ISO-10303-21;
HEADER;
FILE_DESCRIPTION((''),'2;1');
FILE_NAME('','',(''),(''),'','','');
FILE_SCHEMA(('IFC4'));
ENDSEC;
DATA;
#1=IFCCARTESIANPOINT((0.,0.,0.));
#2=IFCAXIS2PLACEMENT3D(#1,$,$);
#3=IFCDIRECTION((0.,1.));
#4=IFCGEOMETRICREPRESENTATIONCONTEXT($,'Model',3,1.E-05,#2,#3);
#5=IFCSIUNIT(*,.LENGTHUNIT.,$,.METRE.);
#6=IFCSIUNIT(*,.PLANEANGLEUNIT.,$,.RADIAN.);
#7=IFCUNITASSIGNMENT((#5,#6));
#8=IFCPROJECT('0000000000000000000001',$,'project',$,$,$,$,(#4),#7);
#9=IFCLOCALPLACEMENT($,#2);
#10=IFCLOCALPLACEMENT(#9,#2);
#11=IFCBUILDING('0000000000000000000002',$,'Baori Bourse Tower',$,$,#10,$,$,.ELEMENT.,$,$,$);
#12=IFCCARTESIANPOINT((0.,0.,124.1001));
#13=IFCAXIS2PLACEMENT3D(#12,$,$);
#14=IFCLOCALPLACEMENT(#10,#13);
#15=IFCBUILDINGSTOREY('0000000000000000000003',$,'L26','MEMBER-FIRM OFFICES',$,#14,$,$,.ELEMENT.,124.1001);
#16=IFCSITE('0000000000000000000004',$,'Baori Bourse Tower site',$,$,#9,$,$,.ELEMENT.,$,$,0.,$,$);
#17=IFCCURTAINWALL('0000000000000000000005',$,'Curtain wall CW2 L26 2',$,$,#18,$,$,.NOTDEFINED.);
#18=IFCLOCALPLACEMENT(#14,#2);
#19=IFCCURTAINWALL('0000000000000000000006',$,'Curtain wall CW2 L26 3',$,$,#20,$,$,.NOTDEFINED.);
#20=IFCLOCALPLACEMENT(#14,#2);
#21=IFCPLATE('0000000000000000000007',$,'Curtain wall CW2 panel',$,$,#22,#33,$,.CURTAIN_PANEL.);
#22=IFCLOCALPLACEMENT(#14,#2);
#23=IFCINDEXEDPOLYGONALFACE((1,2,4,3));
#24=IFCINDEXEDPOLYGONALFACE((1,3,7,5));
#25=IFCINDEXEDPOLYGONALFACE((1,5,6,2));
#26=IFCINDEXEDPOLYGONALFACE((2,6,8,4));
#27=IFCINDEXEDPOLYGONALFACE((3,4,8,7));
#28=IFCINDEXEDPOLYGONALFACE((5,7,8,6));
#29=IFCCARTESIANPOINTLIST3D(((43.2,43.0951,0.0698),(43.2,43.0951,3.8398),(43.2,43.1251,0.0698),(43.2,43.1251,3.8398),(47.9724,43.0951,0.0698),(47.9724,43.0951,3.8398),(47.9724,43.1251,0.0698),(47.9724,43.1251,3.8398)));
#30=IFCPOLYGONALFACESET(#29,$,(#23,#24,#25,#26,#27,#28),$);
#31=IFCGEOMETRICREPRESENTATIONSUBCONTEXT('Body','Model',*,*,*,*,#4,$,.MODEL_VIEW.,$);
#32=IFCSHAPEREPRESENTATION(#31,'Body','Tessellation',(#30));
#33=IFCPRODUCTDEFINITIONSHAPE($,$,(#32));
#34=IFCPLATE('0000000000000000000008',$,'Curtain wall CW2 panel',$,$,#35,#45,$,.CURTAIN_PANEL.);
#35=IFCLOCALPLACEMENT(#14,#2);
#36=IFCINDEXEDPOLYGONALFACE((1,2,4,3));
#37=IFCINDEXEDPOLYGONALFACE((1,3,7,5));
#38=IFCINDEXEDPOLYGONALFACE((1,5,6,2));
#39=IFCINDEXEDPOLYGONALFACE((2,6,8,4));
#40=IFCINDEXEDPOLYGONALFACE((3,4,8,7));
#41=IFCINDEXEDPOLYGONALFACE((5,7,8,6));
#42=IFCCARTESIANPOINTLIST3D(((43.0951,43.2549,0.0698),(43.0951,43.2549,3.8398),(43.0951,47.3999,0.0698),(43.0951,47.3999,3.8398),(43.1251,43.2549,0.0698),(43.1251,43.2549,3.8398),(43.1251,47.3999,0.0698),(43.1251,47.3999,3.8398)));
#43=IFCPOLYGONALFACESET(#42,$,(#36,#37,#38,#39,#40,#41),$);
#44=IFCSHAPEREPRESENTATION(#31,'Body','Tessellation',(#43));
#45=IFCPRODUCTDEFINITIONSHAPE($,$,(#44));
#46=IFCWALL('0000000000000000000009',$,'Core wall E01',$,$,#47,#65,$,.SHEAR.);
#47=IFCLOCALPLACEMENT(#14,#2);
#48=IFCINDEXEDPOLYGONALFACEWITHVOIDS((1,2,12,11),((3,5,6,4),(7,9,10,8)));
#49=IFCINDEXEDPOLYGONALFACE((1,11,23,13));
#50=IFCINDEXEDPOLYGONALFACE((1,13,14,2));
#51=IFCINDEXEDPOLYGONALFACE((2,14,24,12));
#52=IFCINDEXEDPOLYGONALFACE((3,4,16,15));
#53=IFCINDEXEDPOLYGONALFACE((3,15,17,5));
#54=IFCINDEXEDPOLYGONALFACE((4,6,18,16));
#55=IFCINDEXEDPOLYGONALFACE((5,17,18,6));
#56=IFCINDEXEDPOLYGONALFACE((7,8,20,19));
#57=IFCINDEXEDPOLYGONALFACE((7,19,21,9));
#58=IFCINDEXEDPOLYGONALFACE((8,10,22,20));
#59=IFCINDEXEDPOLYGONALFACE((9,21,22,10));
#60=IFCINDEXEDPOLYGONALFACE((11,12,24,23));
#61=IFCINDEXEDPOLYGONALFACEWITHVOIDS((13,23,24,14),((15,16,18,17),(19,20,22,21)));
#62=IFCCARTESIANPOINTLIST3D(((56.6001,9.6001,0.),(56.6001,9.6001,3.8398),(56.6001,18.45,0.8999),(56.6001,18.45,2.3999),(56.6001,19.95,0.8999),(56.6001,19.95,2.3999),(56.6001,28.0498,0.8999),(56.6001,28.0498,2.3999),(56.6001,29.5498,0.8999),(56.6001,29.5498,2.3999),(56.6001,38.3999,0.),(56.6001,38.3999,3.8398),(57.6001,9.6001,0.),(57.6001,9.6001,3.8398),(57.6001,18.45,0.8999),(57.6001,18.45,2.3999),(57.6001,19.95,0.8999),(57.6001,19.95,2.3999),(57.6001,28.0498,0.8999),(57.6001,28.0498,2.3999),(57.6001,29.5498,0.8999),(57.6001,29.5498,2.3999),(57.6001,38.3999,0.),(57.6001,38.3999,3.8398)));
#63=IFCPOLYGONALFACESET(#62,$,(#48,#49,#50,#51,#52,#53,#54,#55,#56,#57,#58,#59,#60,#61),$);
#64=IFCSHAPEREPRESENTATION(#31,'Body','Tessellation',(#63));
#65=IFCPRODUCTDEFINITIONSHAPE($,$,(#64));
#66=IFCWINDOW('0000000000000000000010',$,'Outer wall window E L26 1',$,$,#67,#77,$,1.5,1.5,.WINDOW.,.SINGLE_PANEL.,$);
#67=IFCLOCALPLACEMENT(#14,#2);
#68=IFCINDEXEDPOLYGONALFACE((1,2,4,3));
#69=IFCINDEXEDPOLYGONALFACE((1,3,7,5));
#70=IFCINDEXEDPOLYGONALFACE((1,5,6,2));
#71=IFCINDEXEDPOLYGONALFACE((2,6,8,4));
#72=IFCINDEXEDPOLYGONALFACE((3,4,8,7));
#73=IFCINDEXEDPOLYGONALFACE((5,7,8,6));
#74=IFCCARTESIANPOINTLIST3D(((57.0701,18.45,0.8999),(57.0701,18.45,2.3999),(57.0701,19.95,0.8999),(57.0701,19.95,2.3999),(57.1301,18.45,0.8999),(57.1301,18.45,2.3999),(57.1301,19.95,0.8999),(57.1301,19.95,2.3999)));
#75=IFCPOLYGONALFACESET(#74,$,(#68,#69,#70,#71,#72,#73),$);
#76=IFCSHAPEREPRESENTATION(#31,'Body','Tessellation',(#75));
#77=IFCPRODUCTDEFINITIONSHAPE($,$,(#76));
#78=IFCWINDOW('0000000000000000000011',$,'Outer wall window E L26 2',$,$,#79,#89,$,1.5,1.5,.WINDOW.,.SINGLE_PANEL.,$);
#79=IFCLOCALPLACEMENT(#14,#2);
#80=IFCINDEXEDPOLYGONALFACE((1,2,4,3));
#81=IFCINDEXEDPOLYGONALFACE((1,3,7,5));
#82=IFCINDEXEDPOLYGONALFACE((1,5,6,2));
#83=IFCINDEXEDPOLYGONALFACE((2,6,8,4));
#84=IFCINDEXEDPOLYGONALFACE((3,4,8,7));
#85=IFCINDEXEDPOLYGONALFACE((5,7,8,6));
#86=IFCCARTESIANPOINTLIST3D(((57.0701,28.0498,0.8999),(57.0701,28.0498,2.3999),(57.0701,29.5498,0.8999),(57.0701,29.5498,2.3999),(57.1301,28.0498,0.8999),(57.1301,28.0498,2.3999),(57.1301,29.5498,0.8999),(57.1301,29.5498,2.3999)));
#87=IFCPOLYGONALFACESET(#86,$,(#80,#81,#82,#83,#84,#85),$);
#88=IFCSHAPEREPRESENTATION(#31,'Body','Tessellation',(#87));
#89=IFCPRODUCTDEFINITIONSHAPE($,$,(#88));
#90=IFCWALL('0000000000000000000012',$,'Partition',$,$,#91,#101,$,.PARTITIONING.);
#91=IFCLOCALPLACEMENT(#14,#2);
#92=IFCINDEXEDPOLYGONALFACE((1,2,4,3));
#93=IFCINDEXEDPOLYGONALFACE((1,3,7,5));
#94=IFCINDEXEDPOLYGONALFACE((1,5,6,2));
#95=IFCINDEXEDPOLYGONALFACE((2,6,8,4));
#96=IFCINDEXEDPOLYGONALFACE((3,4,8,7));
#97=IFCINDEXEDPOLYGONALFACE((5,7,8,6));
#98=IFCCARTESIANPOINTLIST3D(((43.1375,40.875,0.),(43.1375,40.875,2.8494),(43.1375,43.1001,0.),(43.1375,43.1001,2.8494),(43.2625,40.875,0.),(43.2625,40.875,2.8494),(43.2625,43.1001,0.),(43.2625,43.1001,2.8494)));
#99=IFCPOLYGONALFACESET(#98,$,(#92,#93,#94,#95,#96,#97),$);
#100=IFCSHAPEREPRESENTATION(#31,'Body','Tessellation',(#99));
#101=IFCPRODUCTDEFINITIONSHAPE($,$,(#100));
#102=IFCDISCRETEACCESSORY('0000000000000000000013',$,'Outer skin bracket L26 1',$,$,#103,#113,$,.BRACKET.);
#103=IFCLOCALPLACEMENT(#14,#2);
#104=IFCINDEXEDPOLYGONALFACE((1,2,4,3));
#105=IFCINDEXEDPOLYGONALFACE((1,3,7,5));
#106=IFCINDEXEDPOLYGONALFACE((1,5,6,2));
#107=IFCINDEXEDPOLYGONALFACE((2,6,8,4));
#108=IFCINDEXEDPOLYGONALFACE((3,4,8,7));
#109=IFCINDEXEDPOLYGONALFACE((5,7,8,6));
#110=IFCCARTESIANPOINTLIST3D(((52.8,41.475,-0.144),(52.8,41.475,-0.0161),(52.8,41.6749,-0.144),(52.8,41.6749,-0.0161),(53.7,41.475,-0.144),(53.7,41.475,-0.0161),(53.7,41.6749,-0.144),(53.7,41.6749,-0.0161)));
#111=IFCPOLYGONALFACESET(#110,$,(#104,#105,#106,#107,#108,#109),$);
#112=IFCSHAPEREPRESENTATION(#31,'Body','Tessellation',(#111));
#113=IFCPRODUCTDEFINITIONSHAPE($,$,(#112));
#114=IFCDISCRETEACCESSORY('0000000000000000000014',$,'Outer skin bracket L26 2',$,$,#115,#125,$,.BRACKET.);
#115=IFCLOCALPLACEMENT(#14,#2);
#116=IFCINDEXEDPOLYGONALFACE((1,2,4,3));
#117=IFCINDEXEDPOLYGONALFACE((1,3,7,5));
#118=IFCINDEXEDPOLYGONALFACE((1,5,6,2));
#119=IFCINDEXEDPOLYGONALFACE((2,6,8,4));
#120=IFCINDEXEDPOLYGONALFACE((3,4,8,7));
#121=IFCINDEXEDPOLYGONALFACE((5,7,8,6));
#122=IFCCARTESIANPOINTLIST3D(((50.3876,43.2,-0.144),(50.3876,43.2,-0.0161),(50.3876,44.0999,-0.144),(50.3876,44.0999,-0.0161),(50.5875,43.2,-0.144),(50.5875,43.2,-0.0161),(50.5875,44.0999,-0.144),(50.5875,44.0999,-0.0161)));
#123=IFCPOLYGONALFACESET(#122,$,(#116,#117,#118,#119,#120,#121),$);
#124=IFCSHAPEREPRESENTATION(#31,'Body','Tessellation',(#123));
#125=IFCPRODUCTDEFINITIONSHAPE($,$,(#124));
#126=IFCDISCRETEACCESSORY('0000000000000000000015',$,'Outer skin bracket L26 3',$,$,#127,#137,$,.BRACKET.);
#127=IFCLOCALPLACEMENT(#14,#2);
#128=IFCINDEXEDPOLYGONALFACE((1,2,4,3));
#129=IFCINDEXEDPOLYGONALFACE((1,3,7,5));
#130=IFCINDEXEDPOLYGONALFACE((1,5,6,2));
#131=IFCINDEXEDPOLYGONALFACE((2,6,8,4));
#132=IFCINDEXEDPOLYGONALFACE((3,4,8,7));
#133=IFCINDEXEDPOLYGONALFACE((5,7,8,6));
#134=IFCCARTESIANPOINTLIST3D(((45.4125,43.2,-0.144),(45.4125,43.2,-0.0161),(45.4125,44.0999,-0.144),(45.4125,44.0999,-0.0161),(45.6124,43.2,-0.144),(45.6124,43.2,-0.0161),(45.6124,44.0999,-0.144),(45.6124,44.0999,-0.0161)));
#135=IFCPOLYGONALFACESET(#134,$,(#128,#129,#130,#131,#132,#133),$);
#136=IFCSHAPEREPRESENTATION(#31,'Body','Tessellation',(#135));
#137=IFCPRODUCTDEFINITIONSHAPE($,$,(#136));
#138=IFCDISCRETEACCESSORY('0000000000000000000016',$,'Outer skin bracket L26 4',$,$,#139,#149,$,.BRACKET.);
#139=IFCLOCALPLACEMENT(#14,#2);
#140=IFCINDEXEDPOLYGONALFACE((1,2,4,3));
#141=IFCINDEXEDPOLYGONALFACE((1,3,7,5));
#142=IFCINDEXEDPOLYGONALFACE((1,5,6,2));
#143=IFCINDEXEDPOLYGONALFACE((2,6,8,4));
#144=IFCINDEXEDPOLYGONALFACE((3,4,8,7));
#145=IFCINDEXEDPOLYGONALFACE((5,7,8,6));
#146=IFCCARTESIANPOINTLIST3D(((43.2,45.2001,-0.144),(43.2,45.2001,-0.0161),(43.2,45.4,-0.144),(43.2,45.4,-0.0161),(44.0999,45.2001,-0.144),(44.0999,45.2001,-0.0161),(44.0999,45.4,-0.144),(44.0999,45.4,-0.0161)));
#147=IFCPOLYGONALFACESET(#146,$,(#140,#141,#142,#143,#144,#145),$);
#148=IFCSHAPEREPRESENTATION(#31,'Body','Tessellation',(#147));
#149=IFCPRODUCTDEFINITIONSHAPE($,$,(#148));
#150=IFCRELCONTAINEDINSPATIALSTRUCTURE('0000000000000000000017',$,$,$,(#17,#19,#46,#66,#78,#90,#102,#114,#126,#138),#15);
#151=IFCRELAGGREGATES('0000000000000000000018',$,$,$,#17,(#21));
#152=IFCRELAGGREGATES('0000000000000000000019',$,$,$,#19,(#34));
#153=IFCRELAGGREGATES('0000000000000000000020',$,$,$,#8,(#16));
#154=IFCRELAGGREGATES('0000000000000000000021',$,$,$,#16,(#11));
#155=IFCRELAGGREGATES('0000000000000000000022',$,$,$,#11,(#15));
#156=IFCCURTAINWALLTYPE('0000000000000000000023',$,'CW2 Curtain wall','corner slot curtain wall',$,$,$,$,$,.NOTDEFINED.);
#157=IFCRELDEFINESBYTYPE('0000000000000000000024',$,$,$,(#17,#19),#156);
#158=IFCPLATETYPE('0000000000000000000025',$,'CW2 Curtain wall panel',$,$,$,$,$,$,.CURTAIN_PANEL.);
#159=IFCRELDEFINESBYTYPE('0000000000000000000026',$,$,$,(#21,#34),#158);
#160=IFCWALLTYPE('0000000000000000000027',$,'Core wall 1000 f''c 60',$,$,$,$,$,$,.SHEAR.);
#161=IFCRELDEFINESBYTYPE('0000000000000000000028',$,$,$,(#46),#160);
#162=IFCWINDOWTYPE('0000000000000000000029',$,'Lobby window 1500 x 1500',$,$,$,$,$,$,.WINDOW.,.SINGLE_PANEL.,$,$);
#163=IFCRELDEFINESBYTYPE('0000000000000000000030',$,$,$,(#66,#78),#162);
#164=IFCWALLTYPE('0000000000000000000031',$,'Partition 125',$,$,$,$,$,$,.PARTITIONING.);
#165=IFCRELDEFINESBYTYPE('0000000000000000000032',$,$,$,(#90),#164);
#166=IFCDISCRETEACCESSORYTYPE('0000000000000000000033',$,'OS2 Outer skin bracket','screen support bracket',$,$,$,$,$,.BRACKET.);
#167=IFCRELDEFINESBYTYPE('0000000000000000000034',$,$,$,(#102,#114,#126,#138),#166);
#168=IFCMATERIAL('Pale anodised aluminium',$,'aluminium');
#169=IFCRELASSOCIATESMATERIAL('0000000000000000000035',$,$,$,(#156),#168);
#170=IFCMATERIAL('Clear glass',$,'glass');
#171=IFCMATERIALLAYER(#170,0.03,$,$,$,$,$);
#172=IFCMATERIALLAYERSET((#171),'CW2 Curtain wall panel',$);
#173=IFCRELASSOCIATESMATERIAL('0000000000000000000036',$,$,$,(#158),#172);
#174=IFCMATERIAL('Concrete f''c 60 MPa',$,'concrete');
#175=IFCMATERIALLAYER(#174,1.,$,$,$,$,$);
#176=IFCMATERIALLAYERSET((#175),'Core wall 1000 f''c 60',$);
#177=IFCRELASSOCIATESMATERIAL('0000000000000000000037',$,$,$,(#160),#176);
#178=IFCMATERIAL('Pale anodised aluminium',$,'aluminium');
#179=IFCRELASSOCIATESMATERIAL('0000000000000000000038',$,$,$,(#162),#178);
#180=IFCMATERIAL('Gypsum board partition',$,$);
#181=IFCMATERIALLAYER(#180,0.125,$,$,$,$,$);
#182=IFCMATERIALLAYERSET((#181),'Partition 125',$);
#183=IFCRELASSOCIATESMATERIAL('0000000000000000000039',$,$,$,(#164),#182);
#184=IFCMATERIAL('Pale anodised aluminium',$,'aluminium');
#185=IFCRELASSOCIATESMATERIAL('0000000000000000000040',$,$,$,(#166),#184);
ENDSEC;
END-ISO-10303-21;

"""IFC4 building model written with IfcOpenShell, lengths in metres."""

from ifc_helpers import new_model, si_unit, direction, frame, frame_2d, origin, origin_2d, place, context, subcontext, project, spatial, rectangle, extrude, material, layer, layer_set, type_object, element, fill, aggregate, save


model = new_model("IFC4")

# Units and contexts
model_context = context("Model", 3, precision=1e-05, world=origin(), true_north=direction((0.0, 1.0)))
body_context = subcontext(model_context, "Body", "Model", "MODEL_VIEW")
ifc_project = project(units=[si_unit("LENGTHUNIT", "METRE"), si_unit("PLANEANGLEUNIT", "RADIAN")], contexts=[model_context])

# Site, building, storey
site_placement = place(None, origin())
site = spatial("IfcSite", under=ifc_project, at=site_placement, Name="Baori Bourse Tower site", CompositionType="ELEMENT", RefElevation=0.0)
building_placement = place(site_placement, origin())
building = spatial("IfcBuilding", under=site, at=building_placement, Name="Baori Bourse Tower", CompositionType="ELEMENT")
storey_placement = place(building_placement, frame((0.0, 0.0, 124.1001)))
storey = spatial("IfcBuildingStorey", under=building, at=storey_placement, Name="L26", Description="MEMBER-FIRM OFFICES", CompositionType="ELEMENT", Elevation=124.1001)

# Curtain wall
ifc_material_1 = material(Name="Pale anodised aluminium", Category="aluminium")
curtain_wall_type_1 = type_object("IfcCurtainWallType", Name="CW2 Curtain wall", Description="corner slot curtain wall", PredefinedType="NOTDEFINED", material=ifc_material_1)
curtain_wall_1_placement = place(storey_placement, origin())
curtain_wall_1 = element("IfcCurtainWall", 1, at=curtain_wall_1_placement, inside=storey, type_object=curtain_wall_type_1, Name="Curtain wall CW2 L26 2", PredefinedType="NOTDEFINED")

# Curtain wall
curtain_wall_2_placement = place(storey_placement, origin())
curtain_wall_2 = element("IfcCurtainWall", 2, at=curtain_wall_2_placement, inside=storey, type_object=curtain_wall_type_1, Name="Curtain wall CW2 L26 3", PredefinedType="NOTDEFINED")

# Shared definitions
ifc_material_2 = material(Name="Clear glass", Category="glass")
ifc_layer_1 = layer(ifc_material_2, 0.03)
ifc_layer_set_1 = layer_set([ifc_layer_1], Name="CW2 Curtain wall panel")
plate_type = type_object("IfcPlateType", Name="CW2 Curtain wall panel", PredefinedType="CURTAIN_PANEL", material=ifc_layer_set_1)

# Plates
plate_1_placement = place(storey_placement, frame((45.5862, 43.1101, 0.0698), z_axis=(0.0, 0.0, 1.0), x_axis=(-1.0, 0.0, 0.0)))
plate_1 = element("IfcPlate", 3, at=plate_1_placement, type_object=plate_type, Name="Curtain wall CW2 panel", PredefinedType="CURTAIN_PANEL", context=body_context, shape_type="SweptSolid", body=[
    extrude(rectangle(XDim=4.7725, YDim=0.03, at=origin_2d()), origin(), (0.0, 0.0, 1.0), 3.77),
])
aggregate(curtain_wall_1, [plate_1])
plate_2_placement = place(storey_placement, frame((43.1101, 45.3274, 0.0698), z_axis=(0.0, 0.0, 1.0), x_axis=(0.0, 1.0, 0.0)))
plate_2 = element("IfcPlate", 4, at=plate_2_placement, type_object=plate_type, Name="Curtain wall CW2 panel", PredefinedType="CURTAIN_PANEL", context=body_context, shape_type="SweptSolid", body=[
    extrude(rectangle(XDim=4.145, YDim=0.03, at=origin_2d()), origin(), (0.0, 0.0, 1.0), 3.77),
])
aggregate(curtain_wall_2, [plate_2])

# Wall, openings, windows
ifc_material_3 = material(Name="Concrete f'c 60 MPa", Category="concrete")
ifc_layer_2 = layer(ifc_material_3, 1.0)
ifc_layer_set_2 = layer_set([ifc_layer_2], Name="Core wall 1000 f'c 60")
wall_type_1 = type_object("IfcWallType", Name="Core wall 1000 f'c 60", PredefinedType="SHEAR", material=ifc_layer_set_2)
wall_1_placement = place(storey_placement, frame((57.1001, 38.3999, 0.0), z_axis=(0.0, 0.0, 1.0), x_axis=(0.0, -1.0, 0.0)))
wall_1 = element("IfcWall", 5, at=wall_1_placement, inside=storey, type_object=wall_type_1, Name="Core wall E01", PredefinedType="SHEAR", context=body_context, shape_type="SweptSolid", body=[
    extrude(rectangle(XDim=28.7998, YDim=1.0, at=frame_2d((14.3999, 0.0))), origin(), (0.0, 0.0, 1.0), 3.8398),
])
opening_1_placement = place(wall_1_placement, frame((18.45, 0.0, 0.8999)))
opening_1 = element("IfcOpeningElement", 6, at=opening_1_placement, cuts=wall_1, PredefinedType="OPENING", context=body_context, shape_type="SweptSolid", body=[
    extrude(rectangle(XDim=1.5, YDim=1.5, at=frame_2d((0.75, 0.75))), frame((0.0, 0.51, 0.0), z_axis=(0.0, -1.0, 0.0), x_axis=(1.0, 0.0, 0.0)), (0.0, 0.0, 1.0), 1.02),
])
opening_2_placement = place(wall_1_placement, frame((8.8501, 0.0, 0.8999)))
opening_2 = element("IfcOpeningElement", 7, at=opening_2_placement, cuts=wall_1, PredefinedType="OPENING", context=body_context, shape_type="SweptSolid", body=[
    extrude(rectangle(XDim=1.5, YDim=1.5, at=frame_2d((0.75, 0.75))), frame((0.0, 0.51, 0.0), z_axis=(0.0, -1.0, 0.0), x_axis=(1.0, 0.0, 0.0)), (0.0, 0.0, 1.0), 1.02),
])
ifc_material_4 = material(Name="Pale anodised aluminium", Category="aluminium")
window_type = type_object("IfcWindowType", Name="Lobby window 1500 x 1500", PartitioningType="SINGLE_PANEL", PredefinedType="WINDOW", material=ifc_material_4)
window_1_placement = place(opening_1_placement, origin())
window_1 = element("IfcWindow", 8, at=window_1_placement, inside=storey, type_object=window_type, Name="Outer wall window E L26 1", OverallHeight=1.5, OverallWidth=1.5, PartitioningType="SINGLE_PANEL", PredefinedType="WINDOW", context=body_context, shape_type="SweptSolid", body=[
    extrude(rectangle(XDim=1.5, YDim=1.5, at=frame_2d((0.75, 0.75))), frame((0.0, 0.03, 0.0), z_axis=(0.0, -1.0, 0.0), x_axis=(1.0, 0.0, 0.0)), (0.0, 0.0, 1.0), 0.0601),
])
fill(opening_1, window_1)
window_2_placement = place(opening_2_placement, origin())
window_2 = element("IfcWindow", 9, at=window_2_placement, inside=storey, type_object=window_type, Name="Outer wall window E L26 2", OverallHeight=1.5, OverallWidth=1.5, PartitioningType="SINGLE_PANEL", PredefinedType="WINDOW", context=body_context, shape_type="SweptSolid", body=[
    extrude(rectangle(XDim=1.5, YDim=1.5, at=frame_2d((0.75, 0.75))), frame((0.0, 0.03, 0.0), z_axis=(0.0, -1.0, 0.0), x_axis=(1.0, 0.0, 0.0)), (0.0, 0.0, 1.0), 0.0601),
])
fill(opening_2, window_2)

# Wall
ifc_material_5 = material(Name="Gypsum board partition")
ifc_layer_3 = layer(ifc_material_5, 0.125)
ifc_layer_set_3 = layer_set([ifc_layer_3], Name="Partition 125")
wall_type_2 = type_object("IfcWallType", Name="Partition 125", PredefinedType="PARTITIONING", material=ifc_layer_set_3)
wall_2_placement = place(storey_placement, frame((43.2, 40.875, 0.0), z_axis=(0.0, 0.0, 1.0), x_axis=(0.0, 1.0, 0.0)))
element("IfcWall", 10, at=wall_2_placement, inside=storey, type_object=wall_type_2, Name="Partition", PredefinedType="PARTITIONING", context=body_context, shape_type="SweptSolid", body=[
    extrude(rectangle(XDim=2.2251, YDim=0.125, at=frame_2d((1.1125, 0.0))), origin(), (0.0, 0.0, 1.0), 2.8494),
])

# Discrete accessories
ifc_material_6 = material(Name="Pale anodised aluminium", Category="aluminium")
discrete_accessory_type = type_object("IfcDiscreteAccessoryType", Name="OS2 Outer skin bracket", Description="screen support bracket", PredefinedType="BRACKET", material=ifc_material_6)
for number, where, z_axis, x_axis, name in (
    (11, (53.25, 41.575, -0.144), (0.0, 0.0, 1.0), (0.0, 1.0, 0.0), "Outer skin bracket L26 1"),
    (12, (50.4875, 43.6499, -0.144), (0.0, 0.0, 1.0), (-1.0, 0.0, 0.0), "Outer skin bracket L26 2"),
    (13, (45.5125, 43.6499, -0.144), (0.0, 0.0, 1.0), (-1.0, 0.0, 0.0), "Outer skin bracket L26 3"),
    (14, (43.6499, 45.3, -0.144), (0.0, 0.0, 1.0), (0.0, 1.0, 0.0), "Outer skin bracket L26 4"),
):
    element("IfcDiscreteAccessory", number, at=place(storey_placement, frame(where, z_axis=z_axis, x_axis=x_axis)), inside=storey, type_object=discrete_accessory_type, Name=name, PredefinedType="BRACKET", context=body_context, shape_type="SweptSolid", body=[
        extrude(rectangle(XDim=0.2, YDim=0.8999, at=origin_2d()), origin(), (0.0, 0.0, 1.0), 0.1279),
    ])

save(model, "model.ifc")
